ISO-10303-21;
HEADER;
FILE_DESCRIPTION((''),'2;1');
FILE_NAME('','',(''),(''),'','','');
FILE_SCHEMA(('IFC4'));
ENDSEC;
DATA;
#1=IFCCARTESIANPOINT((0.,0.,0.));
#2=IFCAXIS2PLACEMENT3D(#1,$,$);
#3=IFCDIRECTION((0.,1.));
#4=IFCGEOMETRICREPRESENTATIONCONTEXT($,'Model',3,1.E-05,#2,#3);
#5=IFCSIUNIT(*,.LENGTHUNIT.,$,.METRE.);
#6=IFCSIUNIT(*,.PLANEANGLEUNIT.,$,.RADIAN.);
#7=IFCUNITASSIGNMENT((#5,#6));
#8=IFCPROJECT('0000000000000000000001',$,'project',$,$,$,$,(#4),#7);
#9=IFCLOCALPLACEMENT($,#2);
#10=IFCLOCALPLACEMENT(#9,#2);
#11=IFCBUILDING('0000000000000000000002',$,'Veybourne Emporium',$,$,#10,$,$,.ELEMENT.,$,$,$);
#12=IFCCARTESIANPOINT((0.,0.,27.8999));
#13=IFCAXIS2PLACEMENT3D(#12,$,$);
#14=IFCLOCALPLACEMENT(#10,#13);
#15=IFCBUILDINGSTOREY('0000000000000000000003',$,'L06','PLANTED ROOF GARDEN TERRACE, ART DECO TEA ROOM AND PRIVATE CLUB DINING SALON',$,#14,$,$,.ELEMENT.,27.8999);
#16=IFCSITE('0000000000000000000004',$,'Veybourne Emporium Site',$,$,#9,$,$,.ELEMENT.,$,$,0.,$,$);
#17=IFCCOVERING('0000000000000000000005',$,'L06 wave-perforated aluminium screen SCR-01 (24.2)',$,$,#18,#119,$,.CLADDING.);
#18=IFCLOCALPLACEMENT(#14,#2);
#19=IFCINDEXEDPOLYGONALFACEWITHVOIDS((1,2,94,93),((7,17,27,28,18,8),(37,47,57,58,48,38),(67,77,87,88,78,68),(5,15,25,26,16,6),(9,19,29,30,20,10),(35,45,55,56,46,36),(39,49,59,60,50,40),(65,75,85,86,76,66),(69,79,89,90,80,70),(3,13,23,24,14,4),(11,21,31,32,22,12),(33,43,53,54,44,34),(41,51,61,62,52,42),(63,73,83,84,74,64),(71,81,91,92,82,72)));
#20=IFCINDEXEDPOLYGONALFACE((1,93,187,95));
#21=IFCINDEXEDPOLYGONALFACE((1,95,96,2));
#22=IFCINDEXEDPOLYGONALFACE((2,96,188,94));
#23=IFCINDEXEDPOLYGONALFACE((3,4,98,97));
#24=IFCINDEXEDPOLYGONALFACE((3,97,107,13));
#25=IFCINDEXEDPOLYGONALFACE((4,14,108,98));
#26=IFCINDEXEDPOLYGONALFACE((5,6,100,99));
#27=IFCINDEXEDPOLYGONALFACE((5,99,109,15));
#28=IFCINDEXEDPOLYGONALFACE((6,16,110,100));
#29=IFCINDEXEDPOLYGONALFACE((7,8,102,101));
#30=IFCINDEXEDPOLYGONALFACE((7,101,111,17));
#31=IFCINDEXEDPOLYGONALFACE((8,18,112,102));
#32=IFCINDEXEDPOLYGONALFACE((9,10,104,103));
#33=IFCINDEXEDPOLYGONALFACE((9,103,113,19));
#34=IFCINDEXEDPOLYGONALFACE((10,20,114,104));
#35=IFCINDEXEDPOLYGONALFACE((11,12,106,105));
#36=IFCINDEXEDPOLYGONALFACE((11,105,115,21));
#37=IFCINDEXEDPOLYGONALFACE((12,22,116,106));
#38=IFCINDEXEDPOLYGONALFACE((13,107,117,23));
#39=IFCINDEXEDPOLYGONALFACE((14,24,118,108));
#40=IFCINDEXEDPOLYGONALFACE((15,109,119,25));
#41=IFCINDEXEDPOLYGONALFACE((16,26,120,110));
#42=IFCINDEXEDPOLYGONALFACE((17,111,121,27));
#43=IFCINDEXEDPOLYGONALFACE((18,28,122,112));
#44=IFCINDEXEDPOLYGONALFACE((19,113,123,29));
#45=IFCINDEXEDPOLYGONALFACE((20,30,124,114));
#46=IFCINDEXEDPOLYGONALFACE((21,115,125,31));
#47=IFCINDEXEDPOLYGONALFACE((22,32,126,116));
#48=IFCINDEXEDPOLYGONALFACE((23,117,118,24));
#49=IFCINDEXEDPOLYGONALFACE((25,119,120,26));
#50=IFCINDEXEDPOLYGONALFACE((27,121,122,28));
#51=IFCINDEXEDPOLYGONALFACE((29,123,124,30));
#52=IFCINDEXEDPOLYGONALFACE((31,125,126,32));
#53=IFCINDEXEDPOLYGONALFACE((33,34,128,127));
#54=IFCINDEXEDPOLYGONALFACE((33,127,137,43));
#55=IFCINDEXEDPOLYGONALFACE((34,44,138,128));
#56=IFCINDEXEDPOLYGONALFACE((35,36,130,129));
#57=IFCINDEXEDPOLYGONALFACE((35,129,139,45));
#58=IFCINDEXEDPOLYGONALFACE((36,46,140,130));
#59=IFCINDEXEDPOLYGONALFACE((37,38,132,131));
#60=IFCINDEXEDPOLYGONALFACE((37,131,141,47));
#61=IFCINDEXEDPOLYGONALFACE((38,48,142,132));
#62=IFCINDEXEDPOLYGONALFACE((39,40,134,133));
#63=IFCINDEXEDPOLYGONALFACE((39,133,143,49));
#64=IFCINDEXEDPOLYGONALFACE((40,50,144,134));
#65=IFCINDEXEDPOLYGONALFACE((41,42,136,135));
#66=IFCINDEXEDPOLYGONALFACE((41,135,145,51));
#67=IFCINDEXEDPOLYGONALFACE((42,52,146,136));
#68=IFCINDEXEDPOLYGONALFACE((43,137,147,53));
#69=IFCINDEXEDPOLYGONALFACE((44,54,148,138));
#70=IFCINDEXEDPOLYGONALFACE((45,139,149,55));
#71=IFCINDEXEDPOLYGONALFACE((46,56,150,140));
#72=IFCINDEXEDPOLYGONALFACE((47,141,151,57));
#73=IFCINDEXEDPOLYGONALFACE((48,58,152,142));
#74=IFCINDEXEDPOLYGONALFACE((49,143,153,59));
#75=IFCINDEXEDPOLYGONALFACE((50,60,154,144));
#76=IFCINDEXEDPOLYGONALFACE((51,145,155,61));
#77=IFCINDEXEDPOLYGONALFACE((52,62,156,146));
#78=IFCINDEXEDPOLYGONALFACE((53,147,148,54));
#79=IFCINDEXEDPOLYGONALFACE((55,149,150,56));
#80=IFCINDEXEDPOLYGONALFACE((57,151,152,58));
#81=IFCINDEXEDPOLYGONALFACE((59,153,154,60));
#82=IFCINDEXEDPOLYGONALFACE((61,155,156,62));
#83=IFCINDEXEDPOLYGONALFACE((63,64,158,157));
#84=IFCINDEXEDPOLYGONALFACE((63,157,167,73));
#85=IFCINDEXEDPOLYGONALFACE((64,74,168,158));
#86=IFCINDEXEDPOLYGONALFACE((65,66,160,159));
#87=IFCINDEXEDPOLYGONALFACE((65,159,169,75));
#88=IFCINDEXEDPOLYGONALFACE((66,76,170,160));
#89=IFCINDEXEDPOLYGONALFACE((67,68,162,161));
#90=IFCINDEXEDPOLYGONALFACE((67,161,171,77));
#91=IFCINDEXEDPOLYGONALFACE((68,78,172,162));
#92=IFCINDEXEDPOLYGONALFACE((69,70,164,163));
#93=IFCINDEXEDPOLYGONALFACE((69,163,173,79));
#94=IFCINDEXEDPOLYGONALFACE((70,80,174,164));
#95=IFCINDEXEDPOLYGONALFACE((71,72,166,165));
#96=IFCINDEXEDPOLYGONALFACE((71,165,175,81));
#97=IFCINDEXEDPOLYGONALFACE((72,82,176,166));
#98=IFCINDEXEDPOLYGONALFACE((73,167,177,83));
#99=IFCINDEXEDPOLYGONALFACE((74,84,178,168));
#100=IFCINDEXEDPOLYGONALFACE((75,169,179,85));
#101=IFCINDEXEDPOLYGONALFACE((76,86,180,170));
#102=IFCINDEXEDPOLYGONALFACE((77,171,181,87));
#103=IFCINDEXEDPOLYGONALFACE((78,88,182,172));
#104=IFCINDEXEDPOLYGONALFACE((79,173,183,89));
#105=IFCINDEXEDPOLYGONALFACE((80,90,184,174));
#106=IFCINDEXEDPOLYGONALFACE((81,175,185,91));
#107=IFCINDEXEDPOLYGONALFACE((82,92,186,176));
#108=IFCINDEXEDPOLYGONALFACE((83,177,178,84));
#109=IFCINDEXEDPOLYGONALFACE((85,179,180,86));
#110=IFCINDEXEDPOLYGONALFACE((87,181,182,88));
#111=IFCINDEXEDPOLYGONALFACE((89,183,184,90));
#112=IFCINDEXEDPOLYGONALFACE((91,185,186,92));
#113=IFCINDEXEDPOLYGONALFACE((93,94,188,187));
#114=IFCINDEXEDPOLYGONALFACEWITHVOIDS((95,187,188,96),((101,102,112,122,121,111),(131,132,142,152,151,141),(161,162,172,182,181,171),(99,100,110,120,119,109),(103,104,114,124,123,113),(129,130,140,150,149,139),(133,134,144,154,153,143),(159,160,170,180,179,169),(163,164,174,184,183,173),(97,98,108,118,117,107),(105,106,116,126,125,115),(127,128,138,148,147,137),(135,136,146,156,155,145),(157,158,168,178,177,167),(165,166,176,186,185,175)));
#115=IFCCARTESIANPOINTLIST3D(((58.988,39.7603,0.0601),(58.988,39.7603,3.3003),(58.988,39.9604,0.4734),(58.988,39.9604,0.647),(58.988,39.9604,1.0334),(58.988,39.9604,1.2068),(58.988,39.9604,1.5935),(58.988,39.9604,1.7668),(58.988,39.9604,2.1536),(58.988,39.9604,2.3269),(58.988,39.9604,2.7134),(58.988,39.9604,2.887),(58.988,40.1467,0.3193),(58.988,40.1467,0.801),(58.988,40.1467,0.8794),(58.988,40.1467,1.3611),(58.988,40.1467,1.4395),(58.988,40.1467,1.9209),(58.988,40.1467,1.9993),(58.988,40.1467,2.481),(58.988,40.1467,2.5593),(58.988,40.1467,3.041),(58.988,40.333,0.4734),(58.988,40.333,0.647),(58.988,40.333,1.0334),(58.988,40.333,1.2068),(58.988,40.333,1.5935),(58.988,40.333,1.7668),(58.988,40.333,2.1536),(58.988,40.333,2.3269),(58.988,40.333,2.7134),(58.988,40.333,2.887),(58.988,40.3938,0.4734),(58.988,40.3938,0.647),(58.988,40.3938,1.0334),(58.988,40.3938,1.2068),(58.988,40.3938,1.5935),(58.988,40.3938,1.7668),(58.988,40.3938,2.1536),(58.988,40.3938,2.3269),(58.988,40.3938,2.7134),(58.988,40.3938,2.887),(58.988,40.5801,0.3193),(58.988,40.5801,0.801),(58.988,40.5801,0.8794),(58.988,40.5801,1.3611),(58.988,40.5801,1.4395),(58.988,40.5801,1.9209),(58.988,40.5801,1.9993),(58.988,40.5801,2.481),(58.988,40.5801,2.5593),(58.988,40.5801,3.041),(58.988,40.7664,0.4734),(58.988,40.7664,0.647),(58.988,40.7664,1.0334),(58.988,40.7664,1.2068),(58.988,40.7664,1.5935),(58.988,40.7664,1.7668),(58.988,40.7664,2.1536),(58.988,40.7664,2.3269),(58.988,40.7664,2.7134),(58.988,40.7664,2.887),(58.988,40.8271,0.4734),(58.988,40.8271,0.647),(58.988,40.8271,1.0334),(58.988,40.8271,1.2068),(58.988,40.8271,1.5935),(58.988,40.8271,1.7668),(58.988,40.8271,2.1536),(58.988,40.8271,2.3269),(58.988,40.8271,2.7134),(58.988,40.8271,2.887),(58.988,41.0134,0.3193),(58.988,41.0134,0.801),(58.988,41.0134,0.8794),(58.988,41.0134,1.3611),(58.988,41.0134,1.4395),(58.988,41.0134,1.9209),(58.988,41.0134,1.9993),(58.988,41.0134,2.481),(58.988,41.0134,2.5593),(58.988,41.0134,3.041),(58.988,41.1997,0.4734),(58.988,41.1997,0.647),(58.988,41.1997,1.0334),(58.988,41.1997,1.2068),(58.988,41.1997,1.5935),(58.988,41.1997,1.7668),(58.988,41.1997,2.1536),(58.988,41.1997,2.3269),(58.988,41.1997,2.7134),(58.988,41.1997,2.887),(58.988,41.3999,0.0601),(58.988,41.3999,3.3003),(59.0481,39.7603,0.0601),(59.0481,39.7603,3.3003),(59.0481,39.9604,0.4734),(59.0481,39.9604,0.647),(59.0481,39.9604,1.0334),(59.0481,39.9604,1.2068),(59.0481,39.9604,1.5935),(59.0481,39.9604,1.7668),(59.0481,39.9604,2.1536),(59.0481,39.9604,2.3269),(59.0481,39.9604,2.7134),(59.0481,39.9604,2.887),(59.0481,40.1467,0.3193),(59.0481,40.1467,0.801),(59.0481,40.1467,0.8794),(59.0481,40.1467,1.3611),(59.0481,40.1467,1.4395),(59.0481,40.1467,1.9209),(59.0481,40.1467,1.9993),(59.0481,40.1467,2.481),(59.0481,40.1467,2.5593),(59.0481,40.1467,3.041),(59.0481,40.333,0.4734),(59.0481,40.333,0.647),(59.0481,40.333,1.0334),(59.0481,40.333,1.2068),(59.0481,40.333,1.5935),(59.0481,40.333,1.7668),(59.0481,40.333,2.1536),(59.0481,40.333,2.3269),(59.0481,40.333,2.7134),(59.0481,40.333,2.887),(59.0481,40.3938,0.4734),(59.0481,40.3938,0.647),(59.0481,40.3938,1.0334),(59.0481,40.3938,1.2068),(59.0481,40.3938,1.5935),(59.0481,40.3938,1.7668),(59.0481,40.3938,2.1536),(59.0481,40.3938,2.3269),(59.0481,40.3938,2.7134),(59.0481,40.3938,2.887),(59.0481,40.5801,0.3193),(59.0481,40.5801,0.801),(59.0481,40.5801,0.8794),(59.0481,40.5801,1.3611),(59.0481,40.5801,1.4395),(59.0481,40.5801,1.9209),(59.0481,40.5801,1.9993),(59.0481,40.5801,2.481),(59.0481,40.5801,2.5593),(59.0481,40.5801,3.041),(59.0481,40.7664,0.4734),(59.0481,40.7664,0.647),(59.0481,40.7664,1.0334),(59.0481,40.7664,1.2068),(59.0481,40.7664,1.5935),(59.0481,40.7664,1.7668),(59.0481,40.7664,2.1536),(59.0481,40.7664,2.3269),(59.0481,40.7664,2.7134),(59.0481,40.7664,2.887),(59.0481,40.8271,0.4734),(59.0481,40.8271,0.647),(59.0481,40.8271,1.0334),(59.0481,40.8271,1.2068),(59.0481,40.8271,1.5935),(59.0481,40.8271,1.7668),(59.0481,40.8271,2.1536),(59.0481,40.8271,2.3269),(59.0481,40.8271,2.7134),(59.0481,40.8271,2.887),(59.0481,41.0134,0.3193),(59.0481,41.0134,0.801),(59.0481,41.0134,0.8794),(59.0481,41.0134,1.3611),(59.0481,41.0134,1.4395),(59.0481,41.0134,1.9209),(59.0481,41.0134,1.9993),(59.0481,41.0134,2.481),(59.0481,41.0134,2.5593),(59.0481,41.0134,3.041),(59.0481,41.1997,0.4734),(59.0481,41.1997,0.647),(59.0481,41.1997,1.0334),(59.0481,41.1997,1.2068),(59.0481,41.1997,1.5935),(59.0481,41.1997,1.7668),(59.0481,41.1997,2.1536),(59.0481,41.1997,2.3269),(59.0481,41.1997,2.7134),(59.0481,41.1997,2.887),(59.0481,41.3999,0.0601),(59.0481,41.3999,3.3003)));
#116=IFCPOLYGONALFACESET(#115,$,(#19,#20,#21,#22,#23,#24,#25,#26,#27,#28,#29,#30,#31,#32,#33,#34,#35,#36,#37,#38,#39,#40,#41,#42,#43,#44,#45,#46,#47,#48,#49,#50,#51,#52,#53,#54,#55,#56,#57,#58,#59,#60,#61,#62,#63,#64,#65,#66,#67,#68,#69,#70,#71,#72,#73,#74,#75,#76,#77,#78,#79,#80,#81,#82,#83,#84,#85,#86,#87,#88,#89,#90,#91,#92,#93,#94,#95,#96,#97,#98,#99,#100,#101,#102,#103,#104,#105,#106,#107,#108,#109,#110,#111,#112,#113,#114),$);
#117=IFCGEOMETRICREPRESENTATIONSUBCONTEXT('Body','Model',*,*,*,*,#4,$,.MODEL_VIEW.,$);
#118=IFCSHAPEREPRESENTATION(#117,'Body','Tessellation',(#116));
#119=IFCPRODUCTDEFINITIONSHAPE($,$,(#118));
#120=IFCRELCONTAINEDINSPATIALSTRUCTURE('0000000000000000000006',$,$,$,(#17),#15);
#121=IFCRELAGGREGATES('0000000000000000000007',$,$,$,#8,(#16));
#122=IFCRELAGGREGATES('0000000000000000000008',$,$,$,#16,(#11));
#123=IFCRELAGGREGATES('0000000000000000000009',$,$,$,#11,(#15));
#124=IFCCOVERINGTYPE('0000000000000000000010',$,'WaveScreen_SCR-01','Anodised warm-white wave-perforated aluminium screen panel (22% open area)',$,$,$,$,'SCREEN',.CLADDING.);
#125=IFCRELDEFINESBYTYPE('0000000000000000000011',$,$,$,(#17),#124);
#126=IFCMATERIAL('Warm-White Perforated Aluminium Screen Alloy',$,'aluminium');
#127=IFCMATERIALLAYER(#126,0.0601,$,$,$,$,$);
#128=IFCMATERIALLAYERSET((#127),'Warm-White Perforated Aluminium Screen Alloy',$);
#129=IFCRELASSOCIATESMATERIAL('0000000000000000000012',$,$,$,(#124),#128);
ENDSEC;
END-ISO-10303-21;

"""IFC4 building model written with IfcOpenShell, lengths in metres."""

from ifc_helpers import new_model, si_unit, direction, frame, origin, place, context, subcontext, project, spatial, polyline, outline, extrude, material, layer, layer_set, type_object, element, save


model = new_model("IFC4")

# Units and contexts
model_context = context("Model", 3, precision=1e-05, world=origin(), true_north=direction((0.0, 1.0)))
body_context = subcontext(model_context, "Body", "Model", "MODEL_VIEW")
ifc_project = project(units=[si_unit("LENGTHUNIT", "METRE"), si_unit("PLANEANGLEUNIT", "RADIAN")], contexts=[model_context])

# Site, building, storey
site_placement = place(None, origin())
site = spatial("IfcSite", under=ifc_project, at=site_placement, Name="Veybourne Emporium Site", CompositionType="ELEMENT", RefElevation=0.0)
building_placement = place(site_placement, origin())
building = spatial("IfcBuilding", under=site, at=building_placement, Name="Veybourne Emporium", CompositionType="ELEMENT")
storey_placement = place(building_placement, frame((0.0, 0.0, 27.8999)))
storey = spatial("IfcBuildingStorey", under=building, at=storey_placement, Name="L06", Description="PLANTED ROOF GARDEN TERRACE, ART DECO TEA ROOM AND PRIVATE CLUB DINING SALON", CompositionType="ELEMENT", Elevation=27.8999)

# Covering
ifc_material_1 = material(Name="Warm-White Perforated Aluminium Screen Alloy", Category="aluminium")
ifc_layer_1 = layer(ifc_material_1, 0.0601)
ifc_layer_set_1 = layer_set([ifc_layer_1], Name="Warm-White Perforated Aluminium Screen Alloy")
covering_type_1 = type_object("IfcCoveringType", Name="WaveScreen_SCR-01", Description="Anodised warm-white wave-perforated aluminium screen panel (22% open area)", ElementType="SCREEN", PredefinedType="CLADDING", material=ifc_layer_set_1)
covering_1_placement = place(storey_placement, frame((59.0481, 40.5801, 1.6802), z_axis=(-1.0, 0.0, 0.0), x_axis=(0.0, -1.0, 0.0)))
element("IfcCovering", 1, at=covering_1_placement, inside=storey, type_object=covering_type_1, Name="L06 wave-perforated aluminium screen SCR-01 (24.2)", PredefinedType="CLADDING", context=body_context, shape_type="SweptSolid", body=[
    extrude(outline(polyline([(-0.8198, -1.6201), (0.8198, -1.6201), (0.8198, 1.6201), (-0.8198, 1.6201), (-0.8198, -1.6201)]), holes=[polyline([(-0.4333, -0.8792), (-0.2471, -1.0332), (-0.2471, -1.2068), (-0.4333, -1.3608), (-0.6196, -1.2068), (-0.6196, -1.0332), (-0.4333, -0.8792)]), polyline([(-0.4333, -0.3191), (-0.2471, -0.4734), (-0.2471, -0.6467), (-0.4333, -0.8008), (-0.6196, -0.6467), (-0.6196, -0.4734), (-0.4333, -0.3191)]), polyline([(-0.4333, 0.2407), (-0.2471, 0.0867), (-0.2471, -0.0867), (-0.4333, -0.2407), (-0.6196, -0.0867), (-0.6196, 0.0867), (-0.4333, 0.2407)]), polyline([(-0.4333, 0.8008), (-0.2471, 0.6467), (-0.2471, 0.4734), (-0.4333, 0.3191), (-0.6196, 0.4734), (-0.6196, 0.6467), (-0.4333, 0.8008)]), polyline([(-0.4333, 1.3608), (-0.2471, 1.2068), (-0.2471, 1.0332), (-0.4333, 0.8792), (-0.6196, 1.0332), (-0.6196, 1.2068), (-0.4333, 1.3608)]), polyline([(0.0, -0.8792), (0.1863, -1.0332), (0.1863, -1.2068), (0.0, -1.3608), (-0.1863, -1.2068), (-0.1863, -1.0332), (0.0, -0.8792)]), polyline([(0.0, -0.3191), (0.1863, -0.4734), (0.1863, -0.6467), (0.0, -0.8008), (-0.1863, -0.6467), (-0.1863, -0.4734), (0.0, -0.3191)]), polyline([(0.0, 0.2407), (0.1863, 0.0867), (0.1863, -0.0867), (0.0, -0.2407), (-0.1863, -0.0867), (-0.1863, 0.0867), (0.0, 0.2407)]), polyline([(0.0, 0.8008), (0.1863, 0.6467), (0.1863, 0.4734), (0.0, 0.3191), (-0.1863, 0.4734), (-0.1863, 0.6467), (0.0, 0.8008)]), polyline([(0.0, 1.3608), (0.1863, 1.2068), (0.1863, 1.0332), (0.0, 0.8792), (-0.1863, 1.0332), (-0.1863, 1.2068), (0.0, 1.3608)]), polyline([(0.4333, -0.8792), (0.6196, -1.0332), (0.6196, -1.2068), (0.4333, -1.3608), (0.2471, -1.2068), (0.2471, -1.0332), (0.4333, -0.8792)]), polyline([(0.4333, -0.3191), (0.6196, -0.4734), (0.6196, -0.6467), (0.4333, -0.8008), (0.2471, -0.6467), (0.2471, -0.4734), (0.4333, -0.3191)]), polyline([(0.4333, 0.2407), (0.6196, 0.0867), (0.6196, -0.0867), (0.4333, -0.2407), (0.2471, -0.0867), (0.2471, 0.0867), (0.4333, 0.2407)]), polyline([(0.4333, 0.8008), (0.6196, 0.6467), (0.6196, 0.4734), (0.4333, 0.3191), (0.2471, 0.4734), (0.2471, 0.6467), (0.4333, 0.8008)]), polyline([(0.4333, 1.3608), (0.6196, 1.2068), (0.6196, 1.0332), (0.4333, 0.8792), (0.2471, 1.0332), (0.2471, 1.2068), (0.4333, 1.3608)])]), origin(), (0.0, 0.0, 1.0), 0.0601),
])

save(model, "model.ifc")
